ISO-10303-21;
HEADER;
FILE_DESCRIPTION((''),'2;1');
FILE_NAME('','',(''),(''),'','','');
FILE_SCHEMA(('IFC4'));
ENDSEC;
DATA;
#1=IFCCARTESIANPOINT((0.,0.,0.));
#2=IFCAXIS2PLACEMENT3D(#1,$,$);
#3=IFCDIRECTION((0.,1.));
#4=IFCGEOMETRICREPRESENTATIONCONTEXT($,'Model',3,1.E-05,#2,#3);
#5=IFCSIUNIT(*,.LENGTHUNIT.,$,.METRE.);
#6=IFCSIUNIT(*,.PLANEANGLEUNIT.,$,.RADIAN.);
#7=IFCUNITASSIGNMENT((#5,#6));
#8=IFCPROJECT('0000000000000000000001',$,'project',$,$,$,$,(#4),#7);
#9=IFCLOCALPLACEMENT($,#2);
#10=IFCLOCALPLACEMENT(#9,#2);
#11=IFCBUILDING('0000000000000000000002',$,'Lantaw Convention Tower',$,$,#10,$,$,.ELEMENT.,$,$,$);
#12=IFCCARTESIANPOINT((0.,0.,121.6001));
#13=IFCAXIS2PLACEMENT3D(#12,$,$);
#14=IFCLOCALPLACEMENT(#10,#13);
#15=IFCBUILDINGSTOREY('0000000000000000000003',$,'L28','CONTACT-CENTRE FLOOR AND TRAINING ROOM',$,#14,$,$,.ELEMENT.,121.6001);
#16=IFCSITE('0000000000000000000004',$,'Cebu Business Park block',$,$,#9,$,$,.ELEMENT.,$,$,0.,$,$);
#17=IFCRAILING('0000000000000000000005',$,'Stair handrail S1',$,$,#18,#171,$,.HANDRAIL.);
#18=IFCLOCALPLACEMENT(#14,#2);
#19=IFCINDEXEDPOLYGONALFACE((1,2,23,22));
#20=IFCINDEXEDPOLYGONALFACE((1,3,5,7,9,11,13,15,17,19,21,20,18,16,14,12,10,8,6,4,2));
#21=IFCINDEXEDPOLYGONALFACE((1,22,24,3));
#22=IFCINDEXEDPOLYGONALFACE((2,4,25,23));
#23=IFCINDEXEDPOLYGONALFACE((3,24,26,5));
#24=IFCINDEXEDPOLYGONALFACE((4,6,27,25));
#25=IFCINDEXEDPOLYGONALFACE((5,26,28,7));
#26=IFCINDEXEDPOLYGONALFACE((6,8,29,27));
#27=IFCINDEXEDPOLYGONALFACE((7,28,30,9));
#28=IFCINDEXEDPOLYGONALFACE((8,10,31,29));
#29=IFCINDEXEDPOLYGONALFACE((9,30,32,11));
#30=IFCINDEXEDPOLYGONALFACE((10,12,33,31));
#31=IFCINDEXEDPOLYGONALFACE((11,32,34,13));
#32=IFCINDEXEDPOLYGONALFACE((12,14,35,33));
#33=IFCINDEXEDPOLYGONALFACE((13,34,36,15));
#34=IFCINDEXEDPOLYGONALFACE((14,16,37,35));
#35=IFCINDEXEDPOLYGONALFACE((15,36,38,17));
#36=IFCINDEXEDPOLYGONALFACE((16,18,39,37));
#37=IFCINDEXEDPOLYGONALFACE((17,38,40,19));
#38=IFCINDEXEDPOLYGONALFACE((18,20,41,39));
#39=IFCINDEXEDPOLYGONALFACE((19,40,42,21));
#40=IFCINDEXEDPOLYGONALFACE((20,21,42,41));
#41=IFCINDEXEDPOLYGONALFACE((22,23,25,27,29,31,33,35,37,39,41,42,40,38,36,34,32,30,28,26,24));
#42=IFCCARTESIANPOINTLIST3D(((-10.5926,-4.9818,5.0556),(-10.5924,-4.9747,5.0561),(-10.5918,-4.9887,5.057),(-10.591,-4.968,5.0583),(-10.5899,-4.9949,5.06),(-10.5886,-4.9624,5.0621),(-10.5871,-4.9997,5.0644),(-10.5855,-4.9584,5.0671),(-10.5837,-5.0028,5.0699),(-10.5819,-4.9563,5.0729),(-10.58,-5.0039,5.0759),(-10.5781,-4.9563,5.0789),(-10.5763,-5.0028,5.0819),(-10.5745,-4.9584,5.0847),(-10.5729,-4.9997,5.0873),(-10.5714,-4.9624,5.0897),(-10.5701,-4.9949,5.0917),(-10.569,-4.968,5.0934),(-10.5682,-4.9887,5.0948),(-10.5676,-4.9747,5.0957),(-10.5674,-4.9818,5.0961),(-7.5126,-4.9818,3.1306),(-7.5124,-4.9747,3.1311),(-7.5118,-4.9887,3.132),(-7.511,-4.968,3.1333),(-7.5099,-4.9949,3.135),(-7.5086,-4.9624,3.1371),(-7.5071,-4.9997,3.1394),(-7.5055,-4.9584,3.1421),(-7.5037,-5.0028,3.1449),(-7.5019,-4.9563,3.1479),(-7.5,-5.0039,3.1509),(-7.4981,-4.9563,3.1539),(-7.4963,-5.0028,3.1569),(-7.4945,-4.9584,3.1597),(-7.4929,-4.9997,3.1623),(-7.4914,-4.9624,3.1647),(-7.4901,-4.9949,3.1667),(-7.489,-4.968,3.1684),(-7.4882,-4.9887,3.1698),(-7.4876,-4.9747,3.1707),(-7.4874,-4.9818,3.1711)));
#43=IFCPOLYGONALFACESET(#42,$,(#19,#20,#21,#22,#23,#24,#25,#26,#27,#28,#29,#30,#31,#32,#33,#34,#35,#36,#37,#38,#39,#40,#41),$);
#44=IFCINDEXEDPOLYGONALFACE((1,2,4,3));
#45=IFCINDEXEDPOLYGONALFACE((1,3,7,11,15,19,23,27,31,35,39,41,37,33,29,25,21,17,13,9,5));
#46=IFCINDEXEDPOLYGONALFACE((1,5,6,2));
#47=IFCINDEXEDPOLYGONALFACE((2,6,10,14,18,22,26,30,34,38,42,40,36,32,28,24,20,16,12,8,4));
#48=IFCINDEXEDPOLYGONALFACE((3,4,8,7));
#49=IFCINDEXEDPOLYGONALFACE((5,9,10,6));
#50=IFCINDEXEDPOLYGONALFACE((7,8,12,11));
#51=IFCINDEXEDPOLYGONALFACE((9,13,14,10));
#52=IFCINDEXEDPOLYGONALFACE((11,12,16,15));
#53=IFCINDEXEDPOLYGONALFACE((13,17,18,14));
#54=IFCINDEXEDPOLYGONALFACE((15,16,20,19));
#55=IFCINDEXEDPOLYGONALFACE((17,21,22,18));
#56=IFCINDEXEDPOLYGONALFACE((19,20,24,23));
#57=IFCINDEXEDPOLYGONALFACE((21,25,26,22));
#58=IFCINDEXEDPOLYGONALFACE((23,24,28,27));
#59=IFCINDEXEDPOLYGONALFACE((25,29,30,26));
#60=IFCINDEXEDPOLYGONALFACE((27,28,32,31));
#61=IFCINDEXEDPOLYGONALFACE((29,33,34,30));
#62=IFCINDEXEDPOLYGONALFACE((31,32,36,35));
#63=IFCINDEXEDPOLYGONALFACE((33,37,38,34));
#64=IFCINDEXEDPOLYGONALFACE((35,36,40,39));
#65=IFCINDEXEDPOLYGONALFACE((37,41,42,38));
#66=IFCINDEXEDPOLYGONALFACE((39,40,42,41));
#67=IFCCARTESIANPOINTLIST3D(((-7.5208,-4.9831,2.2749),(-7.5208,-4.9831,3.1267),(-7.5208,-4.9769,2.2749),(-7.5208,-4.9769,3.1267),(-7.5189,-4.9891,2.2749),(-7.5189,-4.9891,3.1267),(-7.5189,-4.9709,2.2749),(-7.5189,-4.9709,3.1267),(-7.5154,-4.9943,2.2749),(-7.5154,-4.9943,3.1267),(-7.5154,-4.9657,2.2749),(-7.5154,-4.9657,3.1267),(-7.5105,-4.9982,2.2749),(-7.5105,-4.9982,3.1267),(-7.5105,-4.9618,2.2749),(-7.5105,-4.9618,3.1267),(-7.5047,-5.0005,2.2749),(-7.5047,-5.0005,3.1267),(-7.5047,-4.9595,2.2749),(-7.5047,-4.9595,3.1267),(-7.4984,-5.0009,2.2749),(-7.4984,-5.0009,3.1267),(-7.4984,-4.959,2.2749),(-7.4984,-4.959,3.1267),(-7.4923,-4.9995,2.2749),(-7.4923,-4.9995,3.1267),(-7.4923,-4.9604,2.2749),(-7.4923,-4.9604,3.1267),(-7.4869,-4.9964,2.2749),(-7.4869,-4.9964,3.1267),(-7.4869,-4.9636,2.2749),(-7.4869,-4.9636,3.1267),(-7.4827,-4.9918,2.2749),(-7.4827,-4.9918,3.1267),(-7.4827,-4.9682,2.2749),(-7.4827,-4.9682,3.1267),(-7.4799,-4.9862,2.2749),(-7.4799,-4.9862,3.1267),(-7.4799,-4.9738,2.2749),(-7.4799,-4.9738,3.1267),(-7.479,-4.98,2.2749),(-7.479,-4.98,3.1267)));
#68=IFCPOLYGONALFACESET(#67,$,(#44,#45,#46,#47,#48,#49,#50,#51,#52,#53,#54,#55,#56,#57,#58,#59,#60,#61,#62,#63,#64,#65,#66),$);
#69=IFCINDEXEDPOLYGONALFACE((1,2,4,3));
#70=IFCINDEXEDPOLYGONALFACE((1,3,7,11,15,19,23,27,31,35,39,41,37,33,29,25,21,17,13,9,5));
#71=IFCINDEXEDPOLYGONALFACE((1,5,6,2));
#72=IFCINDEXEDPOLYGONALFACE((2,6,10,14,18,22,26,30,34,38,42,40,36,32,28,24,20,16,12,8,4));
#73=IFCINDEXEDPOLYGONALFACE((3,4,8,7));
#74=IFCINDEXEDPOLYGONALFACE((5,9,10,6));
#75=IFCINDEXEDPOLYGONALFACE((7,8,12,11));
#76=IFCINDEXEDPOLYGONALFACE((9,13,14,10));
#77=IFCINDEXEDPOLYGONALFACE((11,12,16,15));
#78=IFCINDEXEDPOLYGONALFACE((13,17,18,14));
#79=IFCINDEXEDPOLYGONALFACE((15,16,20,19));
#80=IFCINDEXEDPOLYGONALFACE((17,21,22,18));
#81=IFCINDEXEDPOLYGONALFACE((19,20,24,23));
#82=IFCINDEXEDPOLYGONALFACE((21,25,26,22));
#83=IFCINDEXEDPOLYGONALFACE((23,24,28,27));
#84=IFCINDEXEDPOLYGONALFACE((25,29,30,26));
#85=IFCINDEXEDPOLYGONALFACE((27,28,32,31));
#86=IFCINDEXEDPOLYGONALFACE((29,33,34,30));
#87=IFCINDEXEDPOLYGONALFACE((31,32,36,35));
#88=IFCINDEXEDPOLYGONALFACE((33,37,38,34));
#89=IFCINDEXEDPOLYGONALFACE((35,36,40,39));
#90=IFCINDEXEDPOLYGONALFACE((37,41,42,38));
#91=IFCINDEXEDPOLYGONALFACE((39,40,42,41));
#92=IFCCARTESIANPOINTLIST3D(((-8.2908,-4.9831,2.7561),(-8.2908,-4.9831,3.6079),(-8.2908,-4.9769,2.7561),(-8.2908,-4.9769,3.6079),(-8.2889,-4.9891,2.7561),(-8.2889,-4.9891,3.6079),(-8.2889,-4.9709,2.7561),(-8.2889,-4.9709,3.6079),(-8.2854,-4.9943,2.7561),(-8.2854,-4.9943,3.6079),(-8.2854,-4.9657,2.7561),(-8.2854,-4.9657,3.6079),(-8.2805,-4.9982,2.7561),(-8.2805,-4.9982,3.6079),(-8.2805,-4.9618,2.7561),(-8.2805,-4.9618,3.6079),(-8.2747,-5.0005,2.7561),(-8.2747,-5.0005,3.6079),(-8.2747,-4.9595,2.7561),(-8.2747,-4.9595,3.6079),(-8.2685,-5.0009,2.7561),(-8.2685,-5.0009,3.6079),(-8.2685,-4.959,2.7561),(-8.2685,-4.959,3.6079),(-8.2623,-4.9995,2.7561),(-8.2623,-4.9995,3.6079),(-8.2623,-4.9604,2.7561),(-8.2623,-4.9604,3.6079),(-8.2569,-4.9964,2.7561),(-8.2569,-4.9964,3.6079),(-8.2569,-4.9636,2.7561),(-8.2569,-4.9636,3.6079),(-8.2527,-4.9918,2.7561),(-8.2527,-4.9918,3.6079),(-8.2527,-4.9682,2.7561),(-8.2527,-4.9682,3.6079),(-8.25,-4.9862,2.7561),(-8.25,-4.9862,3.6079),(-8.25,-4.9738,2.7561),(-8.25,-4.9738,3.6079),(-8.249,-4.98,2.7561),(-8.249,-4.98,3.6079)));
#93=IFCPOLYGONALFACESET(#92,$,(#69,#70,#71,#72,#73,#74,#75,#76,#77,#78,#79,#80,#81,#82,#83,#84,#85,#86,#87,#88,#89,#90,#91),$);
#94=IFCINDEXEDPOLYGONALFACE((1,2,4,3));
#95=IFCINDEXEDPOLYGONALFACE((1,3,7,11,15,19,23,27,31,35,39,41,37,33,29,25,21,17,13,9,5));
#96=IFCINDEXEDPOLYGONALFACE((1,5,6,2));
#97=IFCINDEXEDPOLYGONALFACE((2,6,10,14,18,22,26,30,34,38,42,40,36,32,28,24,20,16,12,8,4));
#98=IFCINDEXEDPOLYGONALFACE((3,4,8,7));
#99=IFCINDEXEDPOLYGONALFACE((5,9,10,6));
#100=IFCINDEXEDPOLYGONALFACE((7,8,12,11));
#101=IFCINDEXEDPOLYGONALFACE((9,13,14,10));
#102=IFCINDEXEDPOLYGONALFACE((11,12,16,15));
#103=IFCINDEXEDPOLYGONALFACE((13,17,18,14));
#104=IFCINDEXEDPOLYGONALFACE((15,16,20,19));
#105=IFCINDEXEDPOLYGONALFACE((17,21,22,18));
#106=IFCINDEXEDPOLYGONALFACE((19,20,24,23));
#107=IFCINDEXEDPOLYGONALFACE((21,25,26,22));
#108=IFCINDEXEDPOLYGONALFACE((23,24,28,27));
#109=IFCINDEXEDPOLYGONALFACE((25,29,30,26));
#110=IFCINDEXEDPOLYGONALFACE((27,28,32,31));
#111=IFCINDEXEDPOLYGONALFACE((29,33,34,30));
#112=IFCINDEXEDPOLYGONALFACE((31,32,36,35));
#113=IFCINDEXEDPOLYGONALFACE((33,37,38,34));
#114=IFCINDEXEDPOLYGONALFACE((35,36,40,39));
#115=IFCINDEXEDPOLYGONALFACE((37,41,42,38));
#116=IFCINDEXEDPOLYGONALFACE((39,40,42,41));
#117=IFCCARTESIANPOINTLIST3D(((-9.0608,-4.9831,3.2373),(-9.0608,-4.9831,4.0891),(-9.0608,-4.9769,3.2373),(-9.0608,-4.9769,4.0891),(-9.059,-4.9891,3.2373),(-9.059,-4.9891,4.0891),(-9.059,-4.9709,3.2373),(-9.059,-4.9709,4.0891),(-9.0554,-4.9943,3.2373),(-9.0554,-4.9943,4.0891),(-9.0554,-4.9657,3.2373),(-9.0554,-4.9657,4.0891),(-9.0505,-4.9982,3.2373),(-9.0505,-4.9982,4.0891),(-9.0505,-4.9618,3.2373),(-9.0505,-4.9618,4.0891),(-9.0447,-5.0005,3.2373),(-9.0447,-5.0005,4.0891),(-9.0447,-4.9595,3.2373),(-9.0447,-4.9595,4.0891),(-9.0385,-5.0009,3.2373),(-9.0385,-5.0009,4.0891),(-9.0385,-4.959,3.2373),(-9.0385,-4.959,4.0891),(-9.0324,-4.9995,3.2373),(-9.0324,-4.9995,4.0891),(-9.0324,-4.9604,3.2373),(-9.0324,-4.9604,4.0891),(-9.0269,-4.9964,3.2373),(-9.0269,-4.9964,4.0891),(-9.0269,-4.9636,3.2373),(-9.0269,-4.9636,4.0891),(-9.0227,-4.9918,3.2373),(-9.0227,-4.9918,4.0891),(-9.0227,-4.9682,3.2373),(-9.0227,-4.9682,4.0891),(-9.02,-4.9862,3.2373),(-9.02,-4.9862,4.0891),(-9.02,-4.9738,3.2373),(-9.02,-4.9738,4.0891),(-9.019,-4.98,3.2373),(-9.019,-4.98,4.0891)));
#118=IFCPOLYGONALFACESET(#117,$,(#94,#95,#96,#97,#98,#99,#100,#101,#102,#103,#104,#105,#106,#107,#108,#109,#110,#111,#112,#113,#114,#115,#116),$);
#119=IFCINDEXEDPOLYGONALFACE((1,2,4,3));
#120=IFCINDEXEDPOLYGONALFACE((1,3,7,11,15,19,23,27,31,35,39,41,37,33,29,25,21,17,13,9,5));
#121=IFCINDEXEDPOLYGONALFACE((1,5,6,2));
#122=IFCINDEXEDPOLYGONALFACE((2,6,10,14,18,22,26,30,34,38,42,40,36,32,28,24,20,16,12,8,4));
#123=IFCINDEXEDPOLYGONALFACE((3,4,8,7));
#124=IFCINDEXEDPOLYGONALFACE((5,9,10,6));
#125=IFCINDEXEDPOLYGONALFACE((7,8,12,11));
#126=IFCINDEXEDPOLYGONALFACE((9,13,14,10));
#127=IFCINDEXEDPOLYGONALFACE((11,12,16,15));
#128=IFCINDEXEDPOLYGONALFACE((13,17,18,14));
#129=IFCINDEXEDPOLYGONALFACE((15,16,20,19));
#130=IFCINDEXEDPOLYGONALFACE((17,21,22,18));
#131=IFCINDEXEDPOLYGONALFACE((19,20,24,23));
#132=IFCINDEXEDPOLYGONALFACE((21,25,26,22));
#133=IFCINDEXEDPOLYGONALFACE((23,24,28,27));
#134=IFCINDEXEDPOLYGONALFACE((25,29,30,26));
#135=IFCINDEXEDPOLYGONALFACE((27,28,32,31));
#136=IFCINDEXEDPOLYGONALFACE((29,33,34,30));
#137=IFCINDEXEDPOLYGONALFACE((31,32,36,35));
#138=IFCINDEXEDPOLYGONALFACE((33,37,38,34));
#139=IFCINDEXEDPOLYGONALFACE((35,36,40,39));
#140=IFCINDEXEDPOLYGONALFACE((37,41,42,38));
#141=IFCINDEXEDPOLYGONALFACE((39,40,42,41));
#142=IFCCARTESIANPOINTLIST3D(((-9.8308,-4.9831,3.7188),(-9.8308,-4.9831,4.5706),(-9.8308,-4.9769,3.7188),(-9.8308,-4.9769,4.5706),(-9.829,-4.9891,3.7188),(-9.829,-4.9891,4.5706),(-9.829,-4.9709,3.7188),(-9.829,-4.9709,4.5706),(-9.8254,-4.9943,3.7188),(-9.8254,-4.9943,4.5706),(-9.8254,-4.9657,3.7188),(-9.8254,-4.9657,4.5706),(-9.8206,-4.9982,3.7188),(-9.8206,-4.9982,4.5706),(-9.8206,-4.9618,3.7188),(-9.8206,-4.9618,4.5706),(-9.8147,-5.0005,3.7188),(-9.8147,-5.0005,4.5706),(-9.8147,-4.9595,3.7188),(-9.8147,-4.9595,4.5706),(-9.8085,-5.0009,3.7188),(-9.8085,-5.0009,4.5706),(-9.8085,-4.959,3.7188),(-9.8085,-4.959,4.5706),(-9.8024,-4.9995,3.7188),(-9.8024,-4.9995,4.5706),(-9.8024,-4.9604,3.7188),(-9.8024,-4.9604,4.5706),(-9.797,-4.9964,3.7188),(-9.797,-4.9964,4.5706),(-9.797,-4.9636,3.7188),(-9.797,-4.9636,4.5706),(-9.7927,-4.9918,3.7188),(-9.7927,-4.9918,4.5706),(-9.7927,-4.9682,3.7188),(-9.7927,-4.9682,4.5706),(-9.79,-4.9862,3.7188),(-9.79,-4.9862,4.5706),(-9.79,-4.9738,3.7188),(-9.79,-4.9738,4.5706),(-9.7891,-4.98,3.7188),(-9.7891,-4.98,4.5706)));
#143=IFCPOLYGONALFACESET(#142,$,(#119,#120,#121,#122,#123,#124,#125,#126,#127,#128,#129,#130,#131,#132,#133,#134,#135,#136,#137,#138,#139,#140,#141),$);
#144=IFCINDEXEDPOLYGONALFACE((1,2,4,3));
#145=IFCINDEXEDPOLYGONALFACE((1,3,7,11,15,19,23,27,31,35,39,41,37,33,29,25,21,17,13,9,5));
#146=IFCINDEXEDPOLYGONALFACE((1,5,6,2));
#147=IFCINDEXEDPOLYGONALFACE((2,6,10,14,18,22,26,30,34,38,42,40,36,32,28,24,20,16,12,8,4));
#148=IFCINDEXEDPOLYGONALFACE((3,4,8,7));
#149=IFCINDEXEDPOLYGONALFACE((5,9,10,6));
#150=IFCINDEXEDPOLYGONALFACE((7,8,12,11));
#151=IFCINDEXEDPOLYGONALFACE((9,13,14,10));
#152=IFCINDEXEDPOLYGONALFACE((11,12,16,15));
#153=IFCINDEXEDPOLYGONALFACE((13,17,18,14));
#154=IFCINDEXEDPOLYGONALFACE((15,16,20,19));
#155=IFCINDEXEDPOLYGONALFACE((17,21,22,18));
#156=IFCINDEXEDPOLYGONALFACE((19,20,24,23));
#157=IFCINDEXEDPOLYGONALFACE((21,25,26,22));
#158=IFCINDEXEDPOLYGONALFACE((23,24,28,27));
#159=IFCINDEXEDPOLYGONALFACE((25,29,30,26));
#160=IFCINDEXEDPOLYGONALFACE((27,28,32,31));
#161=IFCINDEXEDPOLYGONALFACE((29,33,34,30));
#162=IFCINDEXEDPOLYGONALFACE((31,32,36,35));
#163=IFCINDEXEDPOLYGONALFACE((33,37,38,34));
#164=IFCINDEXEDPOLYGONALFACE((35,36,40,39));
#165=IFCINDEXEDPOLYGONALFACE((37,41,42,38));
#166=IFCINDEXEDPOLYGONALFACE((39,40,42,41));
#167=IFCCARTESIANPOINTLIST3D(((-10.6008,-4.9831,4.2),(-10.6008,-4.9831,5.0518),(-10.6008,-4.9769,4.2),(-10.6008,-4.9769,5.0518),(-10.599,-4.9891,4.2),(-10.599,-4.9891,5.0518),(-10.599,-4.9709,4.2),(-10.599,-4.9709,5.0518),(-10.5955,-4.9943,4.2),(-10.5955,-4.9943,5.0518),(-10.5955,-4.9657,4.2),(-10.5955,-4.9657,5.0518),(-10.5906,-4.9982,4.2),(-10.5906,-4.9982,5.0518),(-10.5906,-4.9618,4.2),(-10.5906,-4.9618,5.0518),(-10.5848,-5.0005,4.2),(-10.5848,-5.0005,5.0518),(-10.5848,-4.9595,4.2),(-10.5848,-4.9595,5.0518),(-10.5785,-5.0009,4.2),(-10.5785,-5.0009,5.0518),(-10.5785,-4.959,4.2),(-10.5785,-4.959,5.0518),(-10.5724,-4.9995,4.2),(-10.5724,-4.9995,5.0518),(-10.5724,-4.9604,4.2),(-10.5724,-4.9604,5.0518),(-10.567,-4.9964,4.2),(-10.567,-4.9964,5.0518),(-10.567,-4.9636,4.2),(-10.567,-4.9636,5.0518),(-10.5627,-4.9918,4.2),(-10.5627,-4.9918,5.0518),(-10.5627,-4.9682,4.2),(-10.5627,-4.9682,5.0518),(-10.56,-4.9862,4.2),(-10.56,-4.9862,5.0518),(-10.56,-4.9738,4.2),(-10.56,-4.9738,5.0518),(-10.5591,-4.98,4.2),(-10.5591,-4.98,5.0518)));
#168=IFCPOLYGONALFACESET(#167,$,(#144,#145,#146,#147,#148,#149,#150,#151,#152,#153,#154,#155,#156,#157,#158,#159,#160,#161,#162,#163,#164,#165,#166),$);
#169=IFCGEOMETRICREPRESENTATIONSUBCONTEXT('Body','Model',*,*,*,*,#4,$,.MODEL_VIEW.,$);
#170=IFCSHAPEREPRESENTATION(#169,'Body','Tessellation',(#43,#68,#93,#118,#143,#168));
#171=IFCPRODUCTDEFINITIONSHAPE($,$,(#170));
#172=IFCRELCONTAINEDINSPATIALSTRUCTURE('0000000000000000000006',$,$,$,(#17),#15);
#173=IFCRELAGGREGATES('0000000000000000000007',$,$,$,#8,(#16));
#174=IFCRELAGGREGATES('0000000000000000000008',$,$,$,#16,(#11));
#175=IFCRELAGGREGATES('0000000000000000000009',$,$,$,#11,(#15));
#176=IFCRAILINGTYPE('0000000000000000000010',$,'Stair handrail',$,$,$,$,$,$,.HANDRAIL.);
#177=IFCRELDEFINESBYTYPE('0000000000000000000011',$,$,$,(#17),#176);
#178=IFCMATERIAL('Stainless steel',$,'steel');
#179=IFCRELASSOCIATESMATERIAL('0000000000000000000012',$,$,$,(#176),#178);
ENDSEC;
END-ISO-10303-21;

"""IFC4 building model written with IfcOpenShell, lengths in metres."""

from ifc_helpers import new_model, si_unit, direction, frame, origin, origin_2d, place, context, subcontext, project, spatial, circle, extrude, material, type_object, element, save


model = new_model("IFC4")

# Units and contexts
model_context = context("Model", 3, precision=1e-05, world=origin(), true_north=direction((0.0, 1.0)))
body_context = subcontext(model_context, "Body", "Model", "MODEL_VIEW")
ifc_project = project(units=[si_unit("LENGTHUNIT", "METRE"), si_unit("PLANEANGLEUNIT", "RADIAN")], contexts=[model_context])

# Site, building, storey
site_placement = place(None, origin())
site = spatial("IfcSite", under=ifc_project, at=site_placement, Name="Cebu Business Park block", CompositionType="ELEMENT", RefElevation=0.0)
building_placement = place(site_placement, origin())
building = spatial("IfcBuilding", under=site, at=building_placement, Name="Lantaw Convention Tower", CompositionType="ELEMENT")
storey_placement = place(building_placement, frame((0.0, 0.0, 121.6001)))
storey = spatial("IfcBuildingStorey", under=building, at=storey_placement, Name="L28", Description="CONTACT-CENTRE FLOOR AND TRAINING ROOM", CompositionType="ELEMENT", Elevation=121.6001)

# Railing
ifc_material_1 = material(Name="Stainless steel", Category="steel")
railing_type = type_object("IfcRailingType", Name="Stair handrail", PredefinedType="HANDRAIL", material=ifc_material_1)
railing_1_placement = place(storey_placement, frame((-7.5, -4.98, 2.2749)))
element("IfcRailing", 1, at=railing_1_placement, inside=storey, type_object=railing_type, Name="Stair handrail S1", PredefinedType="HANDRAIL", context=body_context, shape_type="SweptSolid", body=[
    extrude(circle(Radius=0.0239, at=origin_2d()), frame((0.0, 0.0, 0.876), z_axis=(-0.847998, 0.0, 0.529999), x_axis=(0.0, -1.0, 0.0)), (0.0, 0.0, 1.0), 3.6321),
    extrude(circle(Radius=0.021, at=origin_2d()), origin(), (0.0, 0.0, 1.0), 0.8518),
    extrude(circle(Radius=0.021, at=origin_2d()), frame((-0.77, 0.0, 0.4812)), (0.0, 0.0, 1.0), 0.8518),
    extrude(circle(Radius=0.021, at=origin_2d()), frame((-1.54, 0.0, 0.9624)), (0.0, 0.0, 1.0), 0.8518),
    extrude(circle(Radius=0.021, at=origin_2d()), frame((-2.3101, 0.0, 1.4438)), (0.0, 0.0, 1.0), 0.8518),
    extrude(circle(Radius=0.021, at=origin_2d()), frame((-3.0801, 0.0, 1.925)), (0.0, 0.0, 1.0), 0.8518),
])

save(model, "model.ifc")
